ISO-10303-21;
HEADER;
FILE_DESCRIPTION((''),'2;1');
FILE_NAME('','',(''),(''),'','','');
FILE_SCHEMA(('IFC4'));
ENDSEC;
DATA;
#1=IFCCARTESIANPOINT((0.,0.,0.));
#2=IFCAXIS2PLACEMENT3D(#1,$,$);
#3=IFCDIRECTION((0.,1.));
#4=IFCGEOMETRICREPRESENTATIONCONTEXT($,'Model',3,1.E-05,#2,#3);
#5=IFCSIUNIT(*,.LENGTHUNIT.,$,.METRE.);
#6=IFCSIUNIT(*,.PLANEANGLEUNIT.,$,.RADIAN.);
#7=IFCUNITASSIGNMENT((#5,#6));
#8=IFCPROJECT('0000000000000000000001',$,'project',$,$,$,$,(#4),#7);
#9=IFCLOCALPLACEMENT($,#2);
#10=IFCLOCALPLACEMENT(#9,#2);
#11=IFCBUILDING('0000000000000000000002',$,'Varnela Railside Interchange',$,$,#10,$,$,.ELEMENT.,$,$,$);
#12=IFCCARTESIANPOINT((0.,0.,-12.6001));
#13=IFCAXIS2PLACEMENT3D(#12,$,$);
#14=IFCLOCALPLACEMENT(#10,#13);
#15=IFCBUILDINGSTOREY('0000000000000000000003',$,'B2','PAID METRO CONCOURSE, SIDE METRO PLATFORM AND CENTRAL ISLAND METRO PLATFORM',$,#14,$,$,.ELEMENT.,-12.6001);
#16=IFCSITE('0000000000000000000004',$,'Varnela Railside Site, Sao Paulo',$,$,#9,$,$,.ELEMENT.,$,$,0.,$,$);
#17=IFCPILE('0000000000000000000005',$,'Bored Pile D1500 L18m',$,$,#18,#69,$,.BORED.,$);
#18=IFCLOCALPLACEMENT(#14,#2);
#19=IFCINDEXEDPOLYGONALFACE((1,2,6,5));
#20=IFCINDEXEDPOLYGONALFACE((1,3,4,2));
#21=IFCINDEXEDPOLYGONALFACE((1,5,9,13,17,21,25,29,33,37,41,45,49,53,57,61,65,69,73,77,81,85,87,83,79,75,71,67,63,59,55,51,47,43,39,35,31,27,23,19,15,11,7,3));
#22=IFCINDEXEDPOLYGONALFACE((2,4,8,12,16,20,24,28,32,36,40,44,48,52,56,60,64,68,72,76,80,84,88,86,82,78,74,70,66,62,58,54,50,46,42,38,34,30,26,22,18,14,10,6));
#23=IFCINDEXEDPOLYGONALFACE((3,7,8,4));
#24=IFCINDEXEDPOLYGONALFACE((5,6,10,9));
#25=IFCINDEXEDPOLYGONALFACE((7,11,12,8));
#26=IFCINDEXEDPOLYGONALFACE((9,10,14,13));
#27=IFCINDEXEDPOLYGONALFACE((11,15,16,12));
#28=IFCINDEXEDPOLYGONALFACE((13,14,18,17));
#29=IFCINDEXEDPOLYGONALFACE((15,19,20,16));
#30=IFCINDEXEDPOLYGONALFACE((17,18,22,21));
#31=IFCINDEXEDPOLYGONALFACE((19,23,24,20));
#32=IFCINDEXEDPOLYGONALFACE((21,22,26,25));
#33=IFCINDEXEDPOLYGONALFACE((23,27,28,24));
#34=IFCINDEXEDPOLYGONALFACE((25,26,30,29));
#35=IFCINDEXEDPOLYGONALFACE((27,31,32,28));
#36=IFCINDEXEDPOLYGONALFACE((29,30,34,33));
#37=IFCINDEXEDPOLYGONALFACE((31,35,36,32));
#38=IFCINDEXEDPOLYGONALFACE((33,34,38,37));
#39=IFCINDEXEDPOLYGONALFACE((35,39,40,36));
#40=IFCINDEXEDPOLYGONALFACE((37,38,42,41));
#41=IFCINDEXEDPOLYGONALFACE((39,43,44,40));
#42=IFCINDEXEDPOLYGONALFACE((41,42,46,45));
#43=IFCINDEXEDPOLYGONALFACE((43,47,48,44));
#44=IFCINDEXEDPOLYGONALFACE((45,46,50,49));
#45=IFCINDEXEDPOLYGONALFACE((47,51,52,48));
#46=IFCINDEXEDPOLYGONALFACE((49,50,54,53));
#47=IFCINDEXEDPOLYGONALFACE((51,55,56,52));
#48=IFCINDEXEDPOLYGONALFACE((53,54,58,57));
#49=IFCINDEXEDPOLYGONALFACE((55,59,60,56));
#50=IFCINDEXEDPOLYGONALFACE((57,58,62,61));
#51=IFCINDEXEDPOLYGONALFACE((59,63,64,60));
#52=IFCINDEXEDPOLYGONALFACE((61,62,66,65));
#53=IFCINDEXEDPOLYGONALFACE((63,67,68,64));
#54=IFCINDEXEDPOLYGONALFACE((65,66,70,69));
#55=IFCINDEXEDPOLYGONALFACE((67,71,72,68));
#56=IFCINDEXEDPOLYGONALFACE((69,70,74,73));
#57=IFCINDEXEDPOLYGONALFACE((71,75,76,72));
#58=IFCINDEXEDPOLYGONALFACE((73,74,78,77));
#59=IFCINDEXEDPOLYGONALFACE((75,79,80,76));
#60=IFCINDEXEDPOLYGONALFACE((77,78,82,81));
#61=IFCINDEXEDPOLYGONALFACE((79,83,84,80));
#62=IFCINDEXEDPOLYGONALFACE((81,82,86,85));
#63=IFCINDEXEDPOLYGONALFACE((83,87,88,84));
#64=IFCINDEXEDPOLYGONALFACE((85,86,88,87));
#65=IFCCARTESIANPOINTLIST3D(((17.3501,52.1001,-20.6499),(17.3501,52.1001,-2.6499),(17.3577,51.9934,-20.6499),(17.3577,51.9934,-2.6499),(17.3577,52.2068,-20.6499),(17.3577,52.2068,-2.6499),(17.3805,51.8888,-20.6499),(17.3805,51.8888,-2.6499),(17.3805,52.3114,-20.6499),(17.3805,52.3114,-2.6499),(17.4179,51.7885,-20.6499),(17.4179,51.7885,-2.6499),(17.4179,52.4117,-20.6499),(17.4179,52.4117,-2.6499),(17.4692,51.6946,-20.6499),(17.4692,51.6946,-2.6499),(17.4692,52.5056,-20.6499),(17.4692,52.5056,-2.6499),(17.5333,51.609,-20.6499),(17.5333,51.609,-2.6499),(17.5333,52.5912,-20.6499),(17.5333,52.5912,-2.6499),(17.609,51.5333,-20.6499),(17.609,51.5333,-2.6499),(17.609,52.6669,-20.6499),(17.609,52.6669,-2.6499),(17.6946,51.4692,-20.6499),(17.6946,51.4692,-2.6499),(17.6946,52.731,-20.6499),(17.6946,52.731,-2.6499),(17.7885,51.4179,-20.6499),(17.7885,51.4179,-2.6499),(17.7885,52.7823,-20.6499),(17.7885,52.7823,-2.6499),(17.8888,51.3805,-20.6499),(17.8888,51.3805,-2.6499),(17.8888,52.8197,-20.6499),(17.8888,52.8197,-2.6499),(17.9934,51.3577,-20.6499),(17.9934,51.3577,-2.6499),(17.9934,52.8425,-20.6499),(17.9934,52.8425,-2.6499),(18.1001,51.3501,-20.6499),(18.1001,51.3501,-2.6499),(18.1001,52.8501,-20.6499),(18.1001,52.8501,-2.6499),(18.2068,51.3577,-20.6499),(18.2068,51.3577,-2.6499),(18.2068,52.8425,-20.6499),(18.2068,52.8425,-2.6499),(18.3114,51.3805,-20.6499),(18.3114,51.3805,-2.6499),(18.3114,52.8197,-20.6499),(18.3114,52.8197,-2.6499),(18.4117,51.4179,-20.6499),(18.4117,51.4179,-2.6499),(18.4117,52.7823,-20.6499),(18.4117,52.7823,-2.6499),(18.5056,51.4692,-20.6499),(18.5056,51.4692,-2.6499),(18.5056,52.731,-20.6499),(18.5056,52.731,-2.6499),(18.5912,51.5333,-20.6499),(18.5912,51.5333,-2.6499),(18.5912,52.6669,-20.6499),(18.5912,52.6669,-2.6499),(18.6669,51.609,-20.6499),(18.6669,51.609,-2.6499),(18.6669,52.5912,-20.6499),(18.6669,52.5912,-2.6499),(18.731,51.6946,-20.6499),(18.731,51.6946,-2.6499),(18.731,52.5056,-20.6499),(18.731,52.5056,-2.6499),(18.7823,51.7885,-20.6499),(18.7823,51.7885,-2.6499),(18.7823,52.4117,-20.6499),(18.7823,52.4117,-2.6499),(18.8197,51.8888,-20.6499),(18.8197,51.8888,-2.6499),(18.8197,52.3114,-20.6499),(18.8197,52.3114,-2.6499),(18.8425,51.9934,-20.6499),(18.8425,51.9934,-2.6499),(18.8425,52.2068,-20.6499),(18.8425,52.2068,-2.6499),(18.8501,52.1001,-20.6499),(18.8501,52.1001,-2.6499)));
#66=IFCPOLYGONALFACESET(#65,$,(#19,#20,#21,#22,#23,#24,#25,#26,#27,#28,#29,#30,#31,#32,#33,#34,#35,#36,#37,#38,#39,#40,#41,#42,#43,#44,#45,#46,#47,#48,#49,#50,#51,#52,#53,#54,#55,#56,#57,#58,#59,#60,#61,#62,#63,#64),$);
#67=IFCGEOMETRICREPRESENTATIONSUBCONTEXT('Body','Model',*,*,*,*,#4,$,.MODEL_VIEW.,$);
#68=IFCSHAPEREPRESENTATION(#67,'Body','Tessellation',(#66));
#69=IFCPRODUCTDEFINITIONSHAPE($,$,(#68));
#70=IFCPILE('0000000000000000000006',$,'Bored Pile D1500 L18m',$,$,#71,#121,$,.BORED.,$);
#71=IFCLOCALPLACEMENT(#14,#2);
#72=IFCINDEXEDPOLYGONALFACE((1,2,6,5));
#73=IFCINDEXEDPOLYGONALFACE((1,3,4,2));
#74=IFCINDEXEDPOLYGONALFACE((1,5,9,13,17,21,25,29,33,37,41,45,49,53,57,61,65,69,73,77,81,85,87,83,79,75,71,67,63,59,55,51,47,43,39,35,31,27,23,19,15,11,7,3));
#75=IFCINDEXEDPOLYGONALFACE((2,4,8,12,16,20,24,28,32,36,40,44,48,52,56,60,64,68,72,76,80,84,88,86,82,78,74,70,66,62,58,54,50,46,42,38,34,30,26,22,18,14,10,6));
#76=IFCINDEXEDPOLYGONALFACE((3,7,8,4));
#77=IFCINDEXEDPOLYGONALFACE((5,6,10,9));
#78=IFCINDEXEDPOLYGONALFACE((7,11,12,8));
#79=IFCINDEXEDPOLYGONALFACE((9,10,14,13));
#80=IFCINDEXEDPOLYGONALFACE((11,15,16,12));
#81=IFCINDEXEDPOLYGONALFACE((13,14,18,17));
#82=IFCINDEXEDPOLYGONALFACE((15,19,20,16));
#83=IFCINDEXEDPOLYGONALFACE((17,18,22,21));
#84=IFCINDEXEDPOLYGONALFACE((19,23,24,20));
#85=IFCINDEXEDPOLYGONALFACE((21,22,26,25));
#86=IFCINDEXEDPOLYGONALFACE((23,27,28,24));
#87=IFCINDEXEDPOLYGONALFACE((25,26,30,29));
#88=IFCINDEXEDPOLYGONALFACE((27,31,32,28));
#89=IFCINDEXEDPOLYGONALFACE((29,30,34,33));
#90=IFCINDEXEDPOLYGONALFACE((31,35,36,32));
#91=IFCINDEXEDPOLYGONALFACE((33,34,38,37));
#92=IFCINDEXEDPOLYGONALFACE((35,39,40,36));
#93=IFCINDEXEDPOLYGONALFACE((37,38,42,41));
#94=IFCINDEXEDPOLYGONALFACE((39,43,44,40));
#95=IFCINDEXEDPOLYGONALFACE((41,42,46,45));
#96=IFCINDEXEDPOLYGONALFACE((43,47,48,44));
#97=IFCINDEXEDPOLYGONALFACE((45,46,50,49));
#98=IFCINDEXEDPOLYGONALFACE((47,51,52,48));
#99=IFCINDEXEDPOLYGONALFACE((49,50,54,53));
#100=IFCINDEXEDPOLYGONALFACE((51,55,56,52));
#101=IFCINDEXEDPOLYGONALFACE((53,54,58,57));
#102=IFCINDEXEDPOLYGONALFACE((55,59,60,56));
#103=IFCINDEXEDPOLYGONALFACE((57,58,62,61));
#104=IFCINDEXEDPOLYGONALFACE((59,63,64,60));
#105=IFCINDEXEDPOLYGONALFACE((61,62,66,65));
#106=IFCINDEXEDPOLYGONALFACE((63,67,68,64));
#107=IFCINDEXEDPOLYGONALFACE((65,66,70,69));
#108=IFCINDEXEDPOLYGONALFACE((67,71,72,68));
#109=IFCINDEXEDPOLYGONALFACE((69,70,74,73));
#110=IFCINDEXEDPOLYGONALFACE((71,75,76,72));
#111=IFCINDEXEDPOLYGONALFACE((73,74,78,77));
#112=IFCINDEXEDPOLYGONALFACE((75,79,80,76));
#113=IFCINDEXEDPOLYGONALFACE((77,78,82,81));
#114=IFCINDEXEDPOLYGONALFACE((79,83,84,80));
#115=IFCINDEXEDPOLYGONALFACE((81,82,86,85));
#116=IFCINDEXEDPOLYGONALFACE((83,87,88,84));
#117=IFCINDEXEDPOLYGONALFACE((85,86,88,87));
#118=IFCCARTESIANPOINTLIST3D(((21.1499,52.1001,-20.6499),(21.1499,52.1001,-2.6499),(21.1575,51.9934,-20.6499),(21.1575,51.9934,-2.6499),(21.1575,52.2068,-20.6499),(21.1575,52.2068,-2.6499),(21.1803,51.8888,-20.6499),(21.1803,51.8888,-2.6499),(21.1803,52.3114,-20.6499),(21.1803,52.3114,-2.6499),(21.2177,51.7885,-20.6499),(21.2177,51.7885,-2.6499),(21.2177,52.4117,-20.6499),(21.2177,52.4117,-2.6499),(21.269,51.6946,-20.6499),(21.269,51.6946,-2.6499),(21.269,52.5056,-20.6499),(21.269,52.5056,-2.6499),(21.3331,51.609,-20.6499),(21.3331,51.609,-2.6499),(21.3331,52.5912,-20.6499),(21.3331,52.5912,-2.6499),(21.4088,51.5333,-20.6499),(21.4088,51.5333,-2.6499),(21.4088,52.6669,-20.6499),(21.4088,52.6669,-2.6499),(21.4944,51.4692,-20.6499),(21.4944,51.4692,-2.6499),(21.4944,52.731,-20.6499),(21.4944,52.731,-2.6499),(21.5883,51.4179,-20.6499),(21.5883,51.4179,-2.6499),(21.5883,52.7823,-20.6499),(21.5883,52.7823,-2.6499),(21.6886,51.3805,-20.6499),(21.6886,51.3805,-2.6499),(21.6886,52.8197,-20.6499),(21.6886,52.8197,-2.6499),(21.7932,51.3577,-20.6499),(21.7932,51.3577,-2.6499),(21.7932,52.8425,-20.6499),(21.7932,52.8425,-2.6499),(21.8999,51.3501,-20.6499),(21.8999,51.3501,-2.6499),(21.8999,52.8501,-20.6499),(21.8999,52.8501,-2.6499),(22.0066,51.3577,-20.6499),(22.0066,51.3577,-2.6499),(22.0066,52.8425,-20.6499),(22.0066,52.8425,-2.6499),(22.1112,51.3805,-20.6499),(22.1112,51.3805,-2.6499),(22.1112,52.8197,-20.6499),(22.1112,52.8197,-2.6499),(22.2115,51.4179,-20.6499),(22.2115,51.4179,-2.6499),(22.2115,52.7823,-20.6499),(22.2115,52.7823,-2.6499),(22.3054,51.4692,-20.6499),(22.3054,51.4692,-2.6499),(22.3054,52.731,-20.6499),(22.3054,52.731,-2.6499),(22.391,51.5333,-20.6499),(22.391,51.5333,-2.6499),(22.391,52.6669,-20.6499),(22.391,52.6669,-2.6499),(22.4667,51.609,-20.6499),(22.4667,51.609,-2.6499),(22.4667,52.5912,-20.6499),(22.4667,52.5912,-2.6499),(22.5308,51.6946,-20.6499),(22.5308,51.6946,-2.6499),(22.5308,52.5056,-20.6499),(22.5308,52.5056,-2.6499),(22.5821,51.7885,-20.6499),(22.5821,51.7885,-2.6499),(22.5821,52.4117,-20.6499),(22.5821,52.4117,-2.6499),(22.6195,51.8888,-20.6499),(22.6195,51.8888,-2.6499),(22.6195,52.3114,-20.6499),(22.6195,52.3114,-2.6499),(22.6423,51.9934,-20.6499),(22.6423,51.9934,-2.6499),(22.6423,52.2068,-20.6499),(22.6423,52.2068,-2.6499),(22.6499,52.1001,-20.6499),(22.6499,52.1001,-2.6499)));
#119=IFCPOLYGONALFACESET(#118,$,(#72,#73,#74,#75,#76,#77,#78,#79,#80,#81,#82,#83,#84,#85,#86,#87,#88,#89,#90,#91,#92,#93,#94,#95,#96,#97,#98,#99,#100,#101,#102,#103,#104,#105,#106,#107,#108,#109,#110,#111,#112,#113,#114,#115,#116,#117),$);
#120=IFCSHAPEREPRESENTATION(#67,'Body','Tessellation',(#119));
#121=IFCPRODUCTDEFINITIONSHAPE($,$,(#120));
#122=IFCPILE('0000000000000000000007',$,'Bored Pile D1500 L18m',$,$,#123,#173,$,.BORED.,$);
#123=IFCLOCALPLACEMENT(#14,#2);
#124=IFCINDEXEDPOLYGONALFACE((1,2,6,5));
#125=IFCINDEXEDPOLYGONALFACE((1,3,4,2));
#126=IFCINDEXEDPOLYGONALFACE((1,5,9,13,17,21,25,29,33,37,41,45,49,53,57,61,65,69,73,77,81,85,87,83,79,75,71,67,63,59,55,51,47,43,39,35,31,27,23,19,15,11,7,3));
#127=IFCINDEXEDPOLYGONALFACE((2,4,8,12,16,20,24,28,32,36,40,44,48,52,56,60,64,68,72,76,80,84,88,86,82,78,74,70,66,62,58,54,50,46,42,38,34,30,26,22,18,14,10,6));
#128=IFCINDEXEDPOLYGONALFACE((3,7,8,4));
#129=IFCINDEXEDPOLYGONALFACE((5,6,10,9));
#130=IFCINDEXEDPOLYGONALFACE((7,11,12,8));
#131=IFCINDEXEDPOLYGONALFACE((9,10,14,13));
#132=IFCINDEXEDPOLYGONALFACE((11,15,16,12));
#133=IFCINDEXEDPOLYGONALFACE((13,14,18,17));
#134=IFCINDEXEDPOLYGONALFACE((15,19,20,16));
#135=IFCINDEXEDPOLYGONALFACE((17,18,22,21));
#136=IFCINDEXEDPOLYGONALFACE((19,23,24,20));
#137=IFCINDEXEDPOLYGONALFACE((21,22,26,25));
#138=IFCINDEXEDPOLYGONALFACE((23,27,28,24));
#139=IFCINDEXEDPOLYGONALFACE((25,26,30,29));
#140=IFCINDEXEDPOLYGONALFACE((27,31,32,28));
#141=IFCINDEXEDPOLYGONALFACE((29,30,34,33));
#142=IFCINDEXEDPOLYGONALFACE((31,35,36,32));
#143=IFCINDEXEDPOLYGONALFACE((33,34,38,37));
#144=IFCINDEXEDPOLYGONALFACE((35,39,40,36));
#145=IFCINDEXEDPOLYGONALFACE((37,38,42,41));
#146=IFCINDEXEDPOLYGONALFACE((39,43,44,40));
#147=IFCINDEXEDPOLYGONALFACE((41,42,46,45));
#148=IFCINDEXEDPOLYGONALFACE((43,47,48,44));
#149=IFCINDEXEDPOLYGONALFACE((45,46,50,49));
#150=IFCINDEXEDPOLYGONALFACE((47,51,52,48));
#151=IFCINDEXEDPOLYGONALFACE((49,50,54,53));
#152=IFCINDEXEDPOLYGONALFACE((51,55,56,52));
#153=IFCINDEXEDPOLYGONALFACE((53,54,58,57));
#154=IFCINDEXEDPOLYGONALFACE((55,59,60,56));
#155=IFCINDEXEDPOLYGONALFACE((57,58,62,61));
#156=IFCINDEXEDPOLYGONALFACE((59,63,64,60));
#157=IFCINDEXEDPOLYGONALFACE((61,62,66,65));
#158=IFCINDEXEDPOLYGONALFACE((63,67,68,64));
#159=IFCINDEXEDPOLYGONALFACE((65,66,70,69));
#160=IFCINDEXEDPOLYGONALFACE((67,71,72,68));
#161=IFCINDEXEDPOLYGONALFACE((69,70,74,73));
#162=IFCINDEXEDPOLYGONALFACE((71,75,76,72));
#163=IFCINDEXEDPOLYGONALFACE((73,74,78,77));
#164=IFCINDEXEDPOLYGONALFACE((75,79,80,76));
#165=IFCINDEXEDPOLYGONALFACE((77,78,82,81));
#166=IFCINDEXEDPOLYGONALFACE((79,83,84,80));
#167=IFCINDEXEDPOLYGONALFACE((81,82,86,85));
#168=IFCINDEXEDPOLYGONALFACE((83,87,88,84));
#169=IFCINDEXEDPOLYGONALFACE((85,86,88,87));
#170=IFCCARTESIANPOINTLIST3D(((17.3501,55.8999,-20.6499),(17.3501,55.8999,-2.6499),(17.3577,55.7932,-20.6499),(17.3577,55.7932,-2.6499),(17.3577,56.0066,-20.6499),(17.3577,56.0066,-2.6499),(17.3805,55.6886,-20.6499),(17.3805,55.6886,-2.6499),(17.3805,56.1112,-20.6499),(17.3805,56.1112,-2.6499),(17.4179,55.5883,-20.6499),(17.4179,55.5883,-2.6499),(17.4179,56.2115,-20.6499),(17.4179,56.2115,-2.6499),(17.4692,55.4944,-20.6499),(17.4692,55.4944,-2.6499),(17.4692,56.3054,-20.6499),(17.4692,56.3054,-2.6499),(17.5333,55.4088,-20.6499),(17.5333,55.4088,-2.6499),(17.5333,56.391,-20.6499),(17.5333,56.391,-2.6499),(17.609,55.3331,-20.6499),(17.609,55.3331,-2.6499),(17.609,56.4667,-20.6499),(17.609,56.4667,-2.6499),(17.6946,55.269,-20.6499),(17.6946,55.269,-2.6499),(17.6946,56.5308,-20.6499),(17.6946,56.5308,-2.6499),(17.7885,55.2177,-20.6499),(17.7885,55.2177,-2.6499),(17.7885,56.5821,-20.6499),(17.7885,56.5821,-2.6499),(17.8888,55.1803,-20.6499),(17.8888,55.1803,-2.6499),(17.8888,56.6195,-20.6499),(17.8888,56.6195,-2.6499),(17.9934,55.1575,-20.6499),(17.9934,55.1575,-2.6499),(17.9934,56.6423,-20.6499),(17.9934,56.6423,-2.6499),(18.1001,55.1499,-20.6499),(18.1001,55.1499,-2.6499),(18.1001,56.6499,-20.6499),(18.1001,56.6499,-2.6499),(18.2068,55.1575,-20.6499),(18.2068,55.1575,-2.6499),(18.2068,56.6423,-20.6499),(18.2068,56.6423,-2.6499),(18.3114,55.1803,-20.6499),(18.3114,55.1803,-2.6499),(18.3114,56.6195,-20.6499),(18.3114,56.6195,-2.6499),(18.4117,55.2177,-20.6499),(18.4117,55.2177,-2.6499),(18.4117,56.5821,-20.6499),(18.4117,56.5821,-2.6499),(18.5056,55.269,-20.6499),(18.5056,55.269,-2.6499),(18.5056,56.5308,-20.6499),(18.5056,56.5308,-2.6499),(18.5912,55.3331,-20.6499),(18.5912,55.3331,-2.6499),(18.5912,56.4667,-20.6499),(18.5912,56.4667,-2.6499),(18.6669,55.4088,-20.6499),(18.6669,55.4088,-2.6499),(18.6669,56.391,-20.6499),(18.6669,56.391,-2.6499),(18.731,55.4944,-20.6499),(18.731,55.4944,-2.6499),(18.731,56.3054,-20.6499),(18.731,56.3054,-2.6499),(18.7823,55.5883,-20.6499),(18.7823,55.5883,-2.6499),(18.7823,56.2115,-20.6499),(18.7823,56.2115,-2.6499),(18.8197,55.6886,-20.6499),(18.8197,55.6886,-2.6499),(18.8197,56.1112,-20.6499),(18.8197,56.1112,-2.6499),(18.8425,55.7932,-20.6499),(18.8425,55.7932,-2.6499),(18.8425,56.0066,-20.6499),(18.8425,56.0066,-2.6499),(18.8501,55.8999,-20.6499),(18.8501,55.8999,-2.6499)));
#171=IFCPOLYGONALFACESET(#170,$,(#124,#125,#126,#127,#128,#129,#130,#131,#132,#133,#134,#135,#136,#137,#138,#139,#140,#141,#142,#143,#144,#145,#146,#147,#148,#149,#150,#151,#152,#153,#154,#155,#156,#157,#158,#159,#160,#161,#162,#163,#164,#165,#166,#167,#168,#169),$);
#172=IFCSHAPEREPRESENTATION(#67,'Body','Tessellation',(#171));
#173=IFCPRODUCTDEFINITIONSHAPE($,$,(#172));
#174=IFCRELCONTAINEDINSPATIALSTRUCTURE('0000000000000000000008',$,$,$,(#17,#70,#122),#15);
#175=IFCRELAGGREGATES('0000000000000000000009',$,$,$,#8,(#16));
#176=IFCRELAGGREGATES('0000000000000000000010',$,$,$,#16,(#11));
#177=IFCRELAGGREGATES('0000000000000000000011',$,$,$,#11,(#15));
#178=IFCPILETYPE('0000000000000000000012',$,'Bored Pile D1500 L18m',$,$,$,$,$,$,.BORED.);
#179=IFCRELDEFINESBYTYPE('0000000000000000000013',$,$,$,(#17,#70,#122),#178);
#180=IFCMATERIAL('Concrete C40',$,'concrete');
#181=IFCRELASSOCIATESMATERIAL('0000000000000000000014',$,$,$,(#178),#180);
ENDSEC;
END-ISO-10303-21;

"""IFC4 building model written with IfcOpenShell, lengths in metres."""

from ifc_helpers import new_model, si_unit, direction, frame, origin, origin_2d, place, context, subcontext, project, spatial, circle, extrude, material, material_profile, profile_set, type_object, element, save


model = new_model("IFC4")

# Units and contexts
model_context = context("Model", 3, precision=1e-05, world=origin(), true_north=direction((0.0, 1.0)))
body_context = subcontext(model_context, "Body", "Model", "MODEL_VIEW")
ifc_project = project(units=[si_unit("LENGTHUNIT", "METRE"), si_unit("PLANEANGLEUNIT", "RADIAN")], contexts=[model_context])

# Site, building, storey
site_placement = place(None, origin())
site = spatial("IfcSite", under=ifc_project, at=site_placement, Name="Varnela Railside Site, Sao Paulo", CompositionType="ELEMENT", RefElevation=0.0)
building_placement = place(site_placement, origin())
building = spatial("IfcBuilding", under=site, at=building_placement, Name="Varnela Railside Interchange", CompositionType="ELEMENT")
storey_placement = place(building_placement, frame((0.0, 0.0, -12.6001)))
storey = spatial("IfcBuildingStorey", under=building, at=storey_placement, Name="B2", Description="PAID METRO CONCOURSE, SIDE METRO PLATFORM AND CENTRAL ISLAND METRO PLATFORM", CompositionType="ELEMENT", Elevation=-12.6001)

# Piles
ifc_material_1 = material(Name="Concrete C40", Category="concrete")
ifc_material_profile_1 = material_profile(ifc_material_1, circle(Radius=0.75, at=origin_2d()), Name="BORED PILE D1500")
ifc_profile_set_1 = profile_set([ifc_material_profile_1], Name="Concrete C40")
pile_type = type_object("IfcPileType", Name="Bored Pile D1500 L18m", PredefinedType="BORED", material=ifc_profile_set_1)
for number, where, z_axis, x_axis, name in (
    (1, (18.1001, 52.1001, -2.6499), (0.0, 0.0, -1.0), (1.0, 0.0, 0.0), "Bored Pile D1500 L18m"),
    (2, (21.8999, 52.1001, -2.6499), (0.0, 0.0, -1.0), (1.0, 0.0, 0.0), "Bored Pile D1500 L18m"),
    (3, (18.1001, 55.8999, -2.6499), (0.0, 0.0, -1.0), (1.0, 0.0, 0.0), "Bored Pile D1500 L18m"),
):
    element("IfcPile", number, at=place(storey_placement, frame(where, z_axis=z_axis, x_axis=x_axis)), inside=storey, type_object=pile_type, Name=name, PredefinedType="BORED", context=body_context, shape_type="SweptSolid", body=[
        extrude(circle(Radius=0.75, at=origin_2d()), origin(), (0.0, 0.0, 1.0), 18.0),
    ])

save(model, "model.ifc")
